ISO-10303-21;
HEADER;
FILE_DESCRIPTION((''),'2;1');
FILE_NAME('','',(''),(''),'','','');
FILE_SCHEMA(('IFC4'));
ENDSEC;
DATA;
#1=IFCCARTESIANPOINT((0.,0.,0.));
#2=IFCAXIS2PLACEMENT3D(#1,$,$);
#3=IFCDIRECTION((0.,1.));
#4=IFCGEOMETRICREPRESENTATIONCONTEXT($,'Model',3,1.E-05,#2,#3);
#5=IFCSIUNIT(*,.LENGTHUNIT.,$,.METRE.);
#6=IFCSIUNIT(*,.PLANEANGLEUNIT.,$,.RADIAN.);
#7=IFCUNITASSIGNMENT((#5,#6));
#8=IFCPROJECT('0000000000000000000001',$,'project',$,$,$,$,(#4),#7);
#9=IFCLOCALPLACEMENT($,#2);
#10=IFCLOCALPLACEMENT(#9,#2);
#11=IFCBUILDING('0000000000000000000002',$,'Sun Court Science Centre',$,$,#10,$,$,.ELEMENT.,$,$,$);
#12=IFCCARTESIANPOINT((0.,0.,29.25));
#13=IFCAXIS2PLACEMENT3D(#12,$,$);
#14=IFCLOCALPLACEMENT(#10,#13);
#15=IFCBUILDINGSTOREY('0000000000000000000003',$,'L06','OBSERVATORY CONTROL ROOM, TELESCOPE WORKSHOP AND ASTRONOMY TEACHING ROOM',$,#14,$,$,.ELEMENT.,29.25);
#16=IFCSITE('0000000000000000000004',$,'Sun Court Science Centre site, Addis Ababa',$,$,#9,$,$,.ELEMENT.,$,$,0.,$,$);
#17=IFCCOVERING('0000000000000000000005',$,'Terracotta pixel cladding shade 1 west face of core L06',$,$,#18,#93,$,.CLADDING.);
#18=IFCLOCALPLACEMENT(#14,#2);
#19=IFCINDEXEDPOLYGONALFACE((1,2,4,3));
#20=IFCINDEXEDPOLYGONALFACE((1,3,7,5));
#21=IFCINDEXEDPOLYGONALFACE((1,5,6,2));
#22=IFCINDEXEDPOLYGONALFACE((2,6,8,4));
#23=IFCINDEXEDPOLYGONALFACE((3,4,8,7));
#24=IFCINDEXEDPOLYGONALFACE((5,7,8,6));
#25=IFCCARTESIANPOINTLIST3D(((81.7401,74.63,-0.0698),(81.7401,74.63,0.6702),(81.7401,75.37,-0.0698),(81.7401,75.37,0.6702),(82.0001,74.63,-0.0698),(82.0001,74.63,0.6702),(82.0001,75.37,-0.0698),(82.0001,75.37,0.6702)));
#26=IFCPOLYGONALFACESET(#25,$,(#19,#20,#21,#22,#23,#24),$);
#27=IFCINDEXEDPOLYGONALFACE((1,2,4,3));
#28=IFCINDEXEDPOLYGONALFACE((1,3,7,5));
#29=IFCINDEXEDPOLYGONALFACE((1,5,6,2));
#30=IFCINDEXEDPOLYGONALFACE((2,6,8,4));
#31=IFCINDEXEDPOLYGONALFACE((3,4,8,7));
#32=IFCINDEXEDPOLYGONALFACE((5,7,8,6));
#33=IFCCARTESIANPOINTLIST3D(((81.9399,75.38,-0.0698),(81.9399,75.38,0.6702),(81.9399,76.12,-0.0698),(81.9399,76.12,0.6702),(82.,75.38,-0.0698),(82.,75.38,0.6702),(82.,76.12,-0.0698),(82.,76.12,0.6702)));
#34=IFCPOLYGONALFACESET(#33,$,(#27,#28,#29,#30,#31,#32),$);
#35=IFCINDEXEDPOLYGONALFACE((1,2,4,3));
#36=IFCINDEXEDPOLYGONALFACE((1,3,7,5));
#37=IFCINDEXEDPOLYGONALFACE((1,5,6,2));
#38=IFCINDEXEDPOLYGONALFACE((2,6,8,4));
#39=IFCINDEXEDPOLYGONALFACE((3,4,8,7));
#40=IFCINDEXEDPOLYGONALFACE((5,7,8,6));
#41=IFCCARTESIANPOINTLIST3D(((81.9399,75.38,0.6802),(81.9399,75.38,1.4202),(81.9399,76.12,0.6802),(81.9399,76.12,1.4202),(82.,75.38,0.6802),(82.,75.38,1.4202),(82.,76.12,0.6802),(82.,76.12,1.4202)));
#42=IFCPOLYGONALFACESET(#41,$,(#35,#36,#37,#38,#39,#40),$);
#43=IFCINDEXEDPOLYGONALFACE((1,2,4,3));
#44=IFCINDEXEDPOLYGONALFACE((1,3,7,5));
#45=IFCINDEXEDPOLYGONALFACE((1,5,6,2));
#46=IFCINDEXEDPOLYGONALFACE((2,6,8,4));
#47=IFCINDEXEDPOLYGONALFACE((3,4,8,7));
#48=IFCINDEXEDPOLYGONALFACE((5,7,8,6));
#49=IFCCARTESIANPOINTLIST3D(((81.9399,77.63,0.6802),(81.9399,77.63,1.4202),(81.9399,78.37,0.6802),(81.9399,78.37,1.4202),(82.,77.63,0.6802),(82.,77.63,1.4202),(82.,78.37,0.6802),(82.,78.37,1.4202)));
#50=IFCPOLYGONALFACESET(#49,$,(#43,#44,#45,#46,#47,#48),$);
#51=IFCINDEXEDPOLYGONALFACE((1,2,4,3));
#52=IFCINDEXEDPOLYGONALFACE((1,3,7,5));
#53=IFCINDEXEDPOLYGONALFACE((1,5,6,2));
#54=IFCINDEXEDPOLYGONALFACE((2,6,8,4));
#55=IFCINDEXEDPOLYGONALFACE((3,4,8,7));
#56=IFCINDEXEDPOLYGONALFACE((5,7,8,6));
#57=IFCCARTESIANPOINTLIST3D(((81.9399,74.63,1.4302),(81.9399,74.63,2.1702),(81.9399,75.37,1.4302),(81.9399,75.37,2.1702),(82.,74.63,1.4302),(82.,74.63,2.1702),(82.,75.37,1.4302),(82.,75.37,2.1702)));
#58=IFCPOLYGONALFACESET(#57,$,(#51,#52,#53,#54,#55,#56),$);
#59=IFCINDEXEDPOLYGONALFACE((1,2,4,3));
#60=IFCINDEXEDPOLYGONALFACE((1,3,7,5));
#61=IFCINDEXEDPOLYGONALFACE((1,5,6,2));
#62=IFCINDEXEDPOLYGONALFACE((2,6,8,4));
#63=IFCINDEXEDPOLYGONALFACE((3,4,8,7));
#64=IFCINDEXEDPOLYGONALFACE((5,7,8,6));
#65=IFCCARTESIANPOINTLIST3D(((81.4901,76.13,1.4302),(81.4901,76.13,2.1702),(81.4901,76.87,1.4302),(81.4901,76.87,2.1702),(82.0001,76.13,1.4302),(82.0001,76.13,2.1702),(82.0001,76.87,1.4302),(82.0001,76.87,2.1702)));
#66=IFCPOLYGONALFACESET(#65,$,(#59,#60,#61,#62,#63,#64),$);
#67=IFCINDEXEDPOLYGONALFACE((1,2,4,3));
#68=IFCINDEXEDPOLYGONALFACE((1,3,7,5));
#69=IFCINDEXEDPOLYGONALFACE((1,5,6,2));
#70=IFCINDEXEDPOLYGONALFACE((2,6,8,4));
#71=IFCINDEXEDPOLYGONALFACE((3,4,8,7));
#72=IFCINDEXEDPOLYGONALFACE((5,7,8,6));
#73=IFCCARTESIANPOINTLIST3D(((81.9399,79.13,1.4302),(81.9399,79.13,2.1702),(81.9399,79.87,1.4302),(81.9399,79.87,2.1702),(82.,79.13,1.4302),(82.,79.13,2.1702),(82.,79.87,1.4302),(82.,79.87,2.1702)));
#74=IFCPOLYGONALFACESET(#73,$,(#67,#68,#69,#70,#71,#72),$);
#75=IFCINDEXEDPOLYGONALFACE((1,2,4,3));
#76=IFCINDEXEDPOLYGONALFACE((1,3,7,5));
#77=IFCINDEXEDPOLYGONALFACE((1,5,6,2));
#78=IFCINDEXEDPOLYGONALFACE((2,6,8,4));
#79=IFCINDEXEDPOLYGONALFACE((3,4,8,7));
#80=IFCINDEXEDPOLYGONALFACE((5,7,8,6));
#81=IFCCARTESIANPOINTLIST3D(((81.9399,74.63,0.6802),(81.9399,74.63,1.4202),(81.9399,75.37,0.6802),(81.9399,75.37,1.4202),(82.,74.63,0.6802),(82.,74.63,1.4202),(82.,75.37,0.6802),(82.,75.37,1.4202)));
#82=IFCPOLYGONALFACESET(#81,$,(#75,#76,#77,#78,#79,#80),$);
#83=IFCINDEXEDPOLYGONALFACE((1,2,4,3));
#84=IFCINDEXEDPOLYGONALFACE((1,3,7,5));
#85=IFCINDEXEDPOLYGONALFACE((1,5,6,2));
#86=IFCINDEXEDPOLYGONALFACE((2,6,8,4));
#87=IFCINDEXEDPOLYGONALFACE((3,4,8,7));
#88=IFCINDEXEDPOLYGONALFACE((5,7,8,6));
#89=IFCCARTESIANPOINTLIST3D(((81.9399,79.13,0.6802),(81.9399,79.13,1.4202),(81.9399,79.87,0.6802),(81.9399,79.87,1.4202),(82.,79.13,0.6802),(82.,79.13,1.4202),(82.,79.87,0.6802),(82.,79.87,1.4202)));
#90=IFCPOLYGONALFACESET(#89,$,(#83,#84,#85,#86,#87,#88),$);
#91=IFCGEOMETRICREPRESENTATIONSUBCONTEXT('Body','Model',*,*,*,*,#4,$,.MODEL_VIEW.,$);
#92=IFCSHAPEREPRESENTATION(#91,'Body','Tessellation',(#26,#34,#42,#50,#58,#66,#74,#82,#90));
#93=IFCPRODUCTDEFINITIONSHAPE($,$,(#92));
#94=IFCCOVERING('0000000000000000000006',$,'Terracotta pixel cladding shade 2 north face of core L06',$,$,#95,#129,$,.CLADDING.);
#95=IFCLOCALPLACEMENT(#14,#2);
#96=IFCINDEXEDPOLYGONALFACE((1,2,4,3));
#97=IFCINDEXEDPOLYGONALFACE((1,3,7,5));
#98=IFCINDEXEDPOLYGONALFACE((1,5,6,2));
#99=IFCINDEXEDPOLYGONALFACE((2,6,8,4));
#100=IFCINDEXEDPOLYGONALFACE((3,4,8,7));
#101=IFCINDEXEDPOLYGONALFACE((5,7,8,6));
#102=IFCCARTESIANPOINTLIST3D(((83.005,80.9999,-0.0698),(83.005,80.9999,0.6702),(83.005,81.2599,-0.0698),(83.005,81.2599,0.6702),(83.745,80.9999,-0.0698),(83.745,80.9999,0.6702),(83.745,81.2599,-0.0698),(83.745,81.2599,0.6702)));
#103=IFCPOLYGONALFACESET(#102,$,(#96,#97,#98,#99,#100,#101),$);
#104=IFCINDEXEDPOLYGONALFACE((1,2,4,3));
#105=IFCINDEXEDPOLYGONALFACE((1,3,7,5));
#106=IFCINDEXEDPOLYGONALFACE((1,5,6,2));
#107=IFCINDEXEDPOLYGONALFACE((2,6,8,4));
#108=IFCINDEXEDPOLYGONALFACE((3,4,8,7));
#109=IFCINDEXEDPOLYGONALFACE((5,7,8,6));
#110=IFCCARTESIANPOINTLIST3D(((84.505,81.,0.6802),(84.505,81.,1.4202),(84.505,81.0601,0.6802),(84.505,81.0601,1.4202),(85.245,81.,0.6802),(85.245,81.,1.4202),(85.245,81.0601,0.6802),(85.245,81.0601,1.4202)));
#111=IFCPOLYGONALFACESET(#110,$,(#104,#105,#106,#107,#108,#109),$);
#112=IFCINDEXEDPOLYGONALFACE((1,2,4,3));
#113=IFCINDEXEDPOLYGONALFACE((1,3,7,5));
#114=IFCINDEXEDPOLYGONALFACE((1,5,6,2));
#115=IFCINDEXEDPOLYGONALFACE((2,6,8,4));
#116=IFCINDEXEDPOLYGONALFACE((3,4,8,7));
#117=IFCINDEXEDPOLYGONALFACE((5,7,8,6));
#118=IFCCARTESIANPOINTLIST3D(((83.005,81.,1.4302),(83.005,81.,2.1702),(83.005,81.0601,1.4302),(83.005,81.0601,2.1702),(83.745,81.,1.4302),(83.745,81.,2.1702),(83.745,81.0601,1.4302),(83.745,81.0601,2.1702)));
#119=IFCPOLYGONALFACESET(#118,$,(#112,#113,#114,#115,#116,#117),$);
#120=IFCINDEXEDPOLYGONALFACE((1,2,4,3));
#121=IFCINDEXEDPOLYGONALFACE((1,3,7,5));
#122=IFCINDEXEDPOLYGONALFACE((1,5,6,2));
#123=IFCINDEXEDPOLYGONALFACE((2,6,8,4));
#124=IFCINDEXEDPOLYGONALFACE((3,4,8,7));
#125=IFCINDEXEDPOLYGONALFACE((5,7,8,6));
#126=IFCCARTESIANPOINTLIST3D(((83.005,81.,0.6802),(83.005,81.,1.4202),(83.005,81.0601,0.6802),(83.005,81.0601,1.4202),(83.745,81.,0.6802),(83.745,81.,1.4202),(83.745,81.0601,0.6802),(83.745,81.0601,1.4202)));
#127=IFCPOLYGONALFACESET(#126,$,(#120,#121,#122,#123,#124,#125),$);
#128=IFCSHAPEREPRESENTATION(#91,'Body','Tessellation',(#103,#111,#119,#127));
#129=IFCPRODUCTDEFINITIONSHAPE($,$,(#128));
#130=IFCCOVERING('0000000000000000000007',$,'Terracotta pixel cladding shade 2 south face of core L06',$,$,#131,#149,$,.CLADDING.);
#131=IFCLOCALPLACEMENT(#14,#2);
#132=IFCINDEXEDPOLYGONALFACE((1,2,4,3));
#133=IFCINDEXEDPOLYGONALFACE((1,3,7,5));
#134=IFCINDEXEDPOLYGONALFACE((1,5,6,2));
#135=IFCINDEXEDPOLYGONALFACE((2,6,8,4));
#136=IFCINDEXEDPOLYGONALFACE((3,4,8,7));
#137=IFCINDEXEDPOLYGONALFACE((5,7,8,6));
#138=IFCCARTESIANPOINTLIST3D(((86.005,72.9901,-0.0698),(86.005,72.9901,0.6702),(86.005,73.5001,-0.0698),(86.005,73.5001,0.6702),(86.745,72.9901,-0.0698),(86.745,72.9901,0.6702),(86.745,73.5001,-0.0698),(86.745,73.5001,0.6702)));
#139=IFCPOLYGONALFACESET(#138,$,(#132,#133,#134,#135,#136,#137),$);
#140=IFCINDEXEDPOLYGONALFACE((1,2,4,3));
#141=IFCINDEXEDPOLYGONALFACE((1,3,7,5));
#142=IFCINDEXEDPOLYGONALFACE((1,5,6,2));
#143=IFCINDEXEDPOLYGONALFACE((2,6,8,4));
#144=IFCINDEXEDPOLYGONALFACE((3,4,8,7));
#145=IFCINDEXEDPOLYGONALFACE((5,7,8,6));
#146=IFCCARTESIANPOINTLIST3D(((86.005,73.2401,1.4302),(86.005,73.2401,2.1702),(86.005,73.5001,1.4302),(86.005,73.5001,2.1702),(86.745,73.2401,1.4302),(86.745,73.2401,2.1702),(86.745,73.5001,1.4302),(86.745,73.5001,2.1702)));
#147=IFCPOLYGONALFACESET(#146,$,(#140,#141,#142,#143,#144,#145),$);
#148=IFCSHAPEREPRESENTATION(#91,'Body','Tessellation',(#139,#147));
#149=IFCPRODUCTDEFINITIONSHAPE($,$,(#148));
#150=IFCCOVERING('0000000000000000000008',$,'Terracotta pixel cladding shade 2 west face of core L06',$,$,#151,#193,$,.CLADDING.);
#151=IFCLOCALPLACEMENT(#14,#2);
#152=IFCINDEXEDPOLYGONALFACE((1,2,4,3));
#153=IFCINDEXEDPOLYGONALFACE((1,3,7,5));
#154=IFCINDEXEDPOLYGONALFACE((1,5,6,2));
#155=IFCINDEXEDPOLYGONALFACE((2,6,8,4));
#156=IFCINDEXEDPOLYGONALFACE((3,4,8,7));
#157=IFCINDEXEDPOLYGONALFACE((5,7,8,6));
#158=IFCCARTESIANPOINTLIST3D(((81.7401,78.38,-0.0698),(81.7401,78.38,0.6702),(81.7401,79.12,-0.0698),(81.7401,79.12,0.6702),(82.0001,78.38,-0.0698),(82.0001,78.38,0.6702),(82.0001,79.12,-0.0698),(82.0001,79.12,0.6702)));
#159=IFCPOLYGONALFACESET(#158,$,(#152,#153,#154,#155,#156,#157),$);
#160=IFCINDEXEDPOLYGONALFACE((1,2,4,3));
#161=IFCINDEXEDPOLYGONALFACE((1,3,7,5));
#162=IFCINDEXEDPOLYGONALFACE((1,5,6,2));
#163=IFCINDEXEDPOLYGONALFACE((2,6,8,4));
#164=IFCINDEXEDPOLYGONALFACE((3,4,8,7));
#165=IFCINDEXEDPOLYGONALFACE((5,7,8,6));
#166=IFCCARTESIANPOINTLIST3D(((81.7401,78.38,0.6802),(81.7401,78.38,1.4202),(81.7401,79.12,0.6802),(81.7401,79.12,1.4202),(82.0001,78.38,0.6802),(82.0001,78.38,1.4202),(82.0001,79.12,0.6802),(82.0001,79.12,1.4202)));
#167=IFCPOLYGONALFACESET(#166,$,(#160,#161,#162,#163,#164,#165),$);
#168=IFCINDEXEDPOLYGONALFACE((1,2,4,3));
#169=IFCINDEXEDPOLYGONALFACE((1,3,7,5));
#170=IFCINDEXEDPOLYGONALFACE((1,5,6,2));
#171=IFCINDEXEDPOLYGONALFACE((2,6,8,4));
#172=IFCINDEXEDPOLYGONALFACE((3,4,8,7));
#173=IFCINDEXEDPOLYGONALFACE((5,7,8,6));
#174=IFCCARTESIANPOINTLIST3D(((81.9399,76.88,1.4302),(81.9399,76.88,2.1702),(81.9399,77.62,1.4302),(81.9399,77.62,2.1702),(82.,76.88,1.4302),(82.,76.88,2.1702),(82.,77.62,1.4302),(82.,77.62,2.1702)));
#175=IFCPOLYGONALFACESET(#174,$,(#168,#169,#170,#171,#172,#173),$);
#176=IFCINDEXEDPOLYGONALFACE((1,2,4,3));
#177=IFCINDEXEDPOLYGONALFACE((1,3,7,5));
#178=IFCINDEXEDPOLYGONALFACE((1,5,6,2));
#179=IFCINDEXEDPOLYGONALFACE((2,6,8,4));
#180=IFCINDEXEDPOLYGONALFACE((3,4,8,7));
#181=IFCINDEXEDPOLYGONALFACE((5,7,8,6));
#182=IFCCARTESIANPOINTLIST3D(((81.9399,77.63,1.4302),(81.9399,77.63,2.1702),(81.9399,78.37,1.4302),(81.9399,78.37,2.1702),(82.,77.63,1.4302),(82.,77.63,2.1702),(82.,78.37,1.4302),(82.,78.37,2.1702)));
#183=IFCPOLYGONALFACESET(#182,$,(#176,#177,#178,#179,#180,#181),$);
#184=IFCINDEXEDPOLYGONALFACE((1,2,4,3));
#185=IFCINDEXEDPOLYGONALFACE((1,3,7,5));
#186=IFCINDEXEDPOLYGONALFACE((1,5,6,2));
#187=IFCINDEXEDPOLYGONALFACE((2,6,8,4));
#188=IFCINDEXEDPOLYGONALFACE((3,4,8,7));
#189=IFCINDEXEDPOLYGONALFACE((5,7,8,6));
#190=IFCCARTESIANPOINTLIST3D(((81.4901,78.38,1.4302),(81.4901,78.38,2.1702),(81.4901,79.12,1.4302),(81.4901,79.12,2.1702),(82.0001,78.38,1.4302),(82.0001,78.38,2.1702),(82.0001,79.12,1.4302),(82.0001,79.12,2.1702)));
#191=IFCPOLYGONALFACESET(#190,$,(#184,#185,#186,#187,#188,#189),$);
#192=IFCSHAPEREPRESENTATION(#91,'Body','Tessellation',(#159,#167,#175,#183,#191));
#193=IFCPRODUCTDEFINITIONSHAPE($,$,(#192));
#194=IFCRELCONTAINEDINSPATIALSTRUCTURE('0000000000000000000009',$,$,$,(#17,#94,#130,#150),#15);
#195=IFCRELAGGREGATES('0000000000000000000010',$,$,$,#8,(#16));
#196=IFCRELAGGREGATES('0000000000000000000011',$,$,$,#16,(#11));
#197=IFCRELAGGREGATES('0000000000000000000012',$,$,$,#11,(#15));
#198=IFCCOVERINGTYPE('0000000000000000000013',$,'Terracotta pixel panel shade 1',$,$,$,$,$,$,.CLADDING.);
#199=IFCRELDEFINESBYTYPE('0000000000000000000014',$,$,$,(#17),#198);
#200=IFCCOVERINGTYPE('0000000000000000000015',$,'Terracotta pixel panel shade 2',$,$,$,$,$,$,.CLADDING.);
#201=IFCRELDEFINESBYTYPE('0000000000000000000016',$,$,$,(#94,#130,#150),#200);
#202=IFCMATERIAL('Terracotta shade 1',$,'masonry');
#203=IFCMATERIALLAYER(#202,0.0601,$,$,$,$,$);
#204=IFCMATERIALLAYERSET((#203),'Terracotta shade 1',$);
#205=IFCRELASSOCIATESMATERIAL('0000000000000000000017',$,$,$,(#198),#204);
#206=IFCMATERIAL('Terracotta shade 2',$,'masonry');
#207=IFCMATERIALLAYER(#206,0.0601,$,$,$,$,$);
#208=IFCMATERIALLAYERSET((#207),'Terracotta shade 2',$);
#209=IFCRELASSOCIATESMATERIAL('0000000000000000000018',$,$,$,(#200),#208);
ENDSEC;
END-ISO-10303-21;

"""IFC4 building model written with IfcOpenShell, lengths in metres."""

from ifc_helpers import new_model, si_unit, direction, frame, origin, origin_2d, place, context, subcontext, project, spatial, rectangle, extrude, material, layer, layer_set, type_object, element, save


model = new_model("IFC4")

# Units and contexts
model_context = context("Model", 3, precision=1e-05, world=origin(), true_north=direction((0.0, 1.0)))
body_context = subcontext(model_context, "Body", "Model", "MODEL_VIEW")
ifc_project = project(units=[si_unit("LENGTHUNIT", "METRE"), si_unit("PLANEANGLEUNIT", "RADIAN")], contexts=[model_context])

# Site, building, storey
site_placement = place(None, origin())
site = spatial("IfcSite", under=ifc_project, at=site_placement, Name="Sun Court Science Centre site, Addis Ababa", CompositionType="ELEMENT", RefElevation=0.0)
building_placement = place(site_placement, origin())
building = spatial("IfcBuilding", under=site, at=building_placement, Name="Sun Court Science Centre", CompositionType="ELEMENT")
storey_placement = place(building_placement, frame((0.0, 0.0, 29.25)))
storey = spatial("IfcBuildingStorey", under=building, at=storey_placement, Name="L06", Description="OBSERVATORY CONTROL ROOM, TELESCOPE WORKSHOP AND ASTRONOMY TEACHING ROOM", CompositionType="ELEMENT", Elevation=29.25)

# Coverings
ifc_material_1 = material(Name="Terracotta shade 1", Category="masonry")
ifc_layer_1 = layer(ifc_material_1, 0.0601)
ifc_layer_set_1 = layer_set([ifc_layer_1], Name="Terracotta shade 1")
covering_type_1 = type_object("IfcCoveringType", Name="Terracotta pixel panel shade 1", PredefinedType="CLADDING", material=ifc_layer_set_1)
covering_1_placement = place(storey_placement, frame((0.0, 0.0, -29.25)))
element("IfcCovering", 1, at=covering_1_placement, inside=storey, type_object=covering_type_1, Name="Terracotta pixel cladding shade 1 west face of core L06", PredefinedType="CLADDING", context=body_context, shape_type="SweptSolid", body=[
    extrude(rectangle(XDim=0.74, YDim=0.26, at=origin_2d()), frame((81.8701, 75.0, 29.1802), z_axis=(0.0, 0.0, 1.0), x_axis=(0.0, 1.0, 0.0)), (0.0, 0.0, 1.0), 0.74),
    extrude(rectangle(XDim=0.74, YDim=0.0601, at=origin_2d()), frame((81.97, 75.75, 29.1802), z_axis=(0.0, 0.0, 1.0), x_axis=(0.0, 1.0, 0.0)), (0.0, 0.0, 1.0), 0.74),
    extrude(rectangle(XDim=0.74, YDim=0.0601, at=origin_2d()), frame((81.97, 75.75, 29.9302), z_axis=(0.0, 0.0, 1.0), x_axis=(0.0, 1.0, 0.0)), (0.0, 0.0, 1.0), 0.74),
    extrude(rectangle(XDim=0.74, YDim=0.0601, at=origin_2d()), frame((81.97, 78.0, 29.9302), z_axis=(0.0, 0.0, 1.0), x_axis=(0.0, 1.0, 0.0)), (0.0, 0.0, 1.0), 0.74),
    extrude(rectangle(XDim=0.74, YDim=0.0601, at=origin_2d()), frame((81.97, 75.0, 30.6802), z_axis=(0.0, 0.0, 1.0), x_axis=(0.0, 1.0, 0.0)), (0.0, 0.0, 1.0), 0.74),
    extrude(rectangle(XDim=0.74, YDim=0.51, at=origin_2d()), frame((81.7451, 76.5, 30.6802), z_axis=(0.0, 0.0, 1.0), x_axis=(0.0, 1.0, 0.0)), (0.0, 0.0, 1.0), 0.74),
    extrude(rectangle(XDim=0.74, YDim=0.0601, at=origin_2d()), frame((81.97, 79.5, 30.6802), z_axis=(0.0, 0.0, 1.0), x_axis=(0.0, 1.0, 0.0)), (0.0, 0.0, 1.0), 0.74),
    extrude(rectangle(XDim=0.74, YDim=0.0601, at=origin_2d()), frame((81.97, 75.0, 29.9302), z_axis=(0.0, 0.0, 1.0), x_axis=(0.0, 1.0, 0.0)), (0.0, 0.0, 1.0), 0.74),
    extrude(rectangle(XDim=0.74, YDim=0.0601, at=origin_2d()), frame((81.97, 79.5, 29.9302), z_axis=(0.0, 0.0, 1.0), x_axis=(0.0, 1.0, 0.0)), (0.0, 0.0, 1.0), 0.74),
])
ifc_material_2 = material(Name="Terracotta shade 2", Category="masonry")
ifc_layer_2 = layer(ifc_material_2, 0.0601)
ifc_layer_set_2 = layer_set([ifc_layer_2], Name="Terracotta shade 2")
covering_type_2 = type_object("IfcCoveringType", Name="Terracotta pixel panel shade 2", PredefinedType="CLADDING", material=ifc_layer_set_2)
covering_2_placement = place(storey_placement, frame((0.0, 0.0, -29.25)))
element("IfcCovering", 2, at=covering_2_placement, inside=storey, type_object=covering_type_2, Name="Terracotta pixel cladding shade 2 north face of core L06", PredefinedType="CLADDING", context=body_context, shape_type="SweptSolid", body=[
    extrude(rectangle(XDim=0.74, YDim=0.26, at=origin_2d()), frame((83.375, 81.1299, 29.1802), z_axis=(0.0, 0.0, 1.0), x_axis=(1.0, 0.0, 0.0)), (0.0, 0.0, 1.0), 0.74),
    extrude(rectangle(XDim=0.74, YDim=0.0601, at=origin_2d()), frame((84.875, 81.03, 29.9302), z_axis=(0.0, 0.0, 1.0), x_axis=(1.0, 0.0, 0.0)), (0.0, 0.0, 1.0), 0.74),
    extrude(rectangle(XDim=0.74, YDim=0.0601, at=origin_2d()), frame((83.375, 81.03, 30.6802), z_axis=(0.0, 0.0, 1.0), x_axis=(1.0, 0.0, 0.0)), (0.0, 0.0, 1.0), 0.74),
    extrude(rectangle(XDim=0.74, YDim=0.0601, at=origin_2d()), frame((83.375, 81.03, 29.9302), z_axis=(0.0, 0.0, 1.0), x_axis=(1.0, 0.0, 0.0)), (0.0, 0.0, 1.0), 0.74),
])
covering_3_placement = place(storey_placement, frame((0.0, 0.0, -29.25)))
element("IfcCovering", 3, at=covering_3_placement, inside=storey, type_object=covering_type_2, Name="Terracotta pixel cladding shade 2 south face of core L06", PredefinedType="CLADDING", context=body_context, shape_type="SweptSolid", body=[
    extrude(rectangle(XDim=0.74, YDim=0.51, at=origin_2d()), frame((86.375, 73.2451, 29.1802), z_axis=(0.0, 0.0, 1.0), x_axis=(-1.0, 0.0, 0.0)), (0.0, 0.0, 1.0), 0.74),
    extrude(rectangle(XDim=0.74, YDim=0.26, at=origin_2d()), frame((86.375, 73.3701, 30.6802), z_axis=(0.0, 0.0, 1.0), x_axis=(-1.0, 0.0, 0.0)), (0.0, 0.0, 1.0), 0.74),
])
covering_4_placement = place(storey_placement, frame((0.0, 0.0, -29.25)))
element("IfcCovering", 4, at=covering_4_placement, inside=storey, type_object=covering_type_2, Name="Terracotta pixel cladding shade 2 west face of core L06", PredefinedType="CLADDING", context=body_context, shape_type="SweptSolid", body=[
    extrude(rectangle(XDim=0.74, YDim=0.26, at=origin_2d()), frame((81.8701, 78.75, 29.1802), z_axis=(0.0, 0.0, 1.0), x_axis=(0.0, 1.0, 0.0)), (0.0, 0.0, 1.0), 0.74),
    extrude(rectangle(XDim=0.74, YDim=0.26, at=origin_2d()), frame((81.8701, 78.75, 29.9302), z_axis=(0.0, 0.0, 1.0), x_axis=(0.0, 1.0, 0.0)), (0.0, 0.0, 1.0), 0.74),
    extrude(rectangle(XDim=0.74, YDim=0.0601, at=origin_2d()), frame((81.97, 77.25, 30.6802), z_axis=(0.0, 0.0, 1.0), x_axis=(0.0, 1.0, 0.0)), (0.0, 0.0, 1.0), 0.74),
    extrude(rectangle(XDim=0.74, YDim=0.0601, at=origin_2d()), frame((81.97, 78.0, 30.6802), z_axis=(0.0, 0.0, 1.0), x_axis=(0.0, 1.0, 0.0)), (0.0, 0.0, 1.0), 0.74),
    extrude(rectangle(XDim=0.74, YDim=0.51, at=origin_2d()), frame((81.7451, 78.75, 30.6802), z_axis=(0.0, 0.0, 1.0), x_axis=(0.0, 1.0, 0.0)), (0.0, 0.0, 1.0), 0.74),
])

save(model, "model.ifc")
